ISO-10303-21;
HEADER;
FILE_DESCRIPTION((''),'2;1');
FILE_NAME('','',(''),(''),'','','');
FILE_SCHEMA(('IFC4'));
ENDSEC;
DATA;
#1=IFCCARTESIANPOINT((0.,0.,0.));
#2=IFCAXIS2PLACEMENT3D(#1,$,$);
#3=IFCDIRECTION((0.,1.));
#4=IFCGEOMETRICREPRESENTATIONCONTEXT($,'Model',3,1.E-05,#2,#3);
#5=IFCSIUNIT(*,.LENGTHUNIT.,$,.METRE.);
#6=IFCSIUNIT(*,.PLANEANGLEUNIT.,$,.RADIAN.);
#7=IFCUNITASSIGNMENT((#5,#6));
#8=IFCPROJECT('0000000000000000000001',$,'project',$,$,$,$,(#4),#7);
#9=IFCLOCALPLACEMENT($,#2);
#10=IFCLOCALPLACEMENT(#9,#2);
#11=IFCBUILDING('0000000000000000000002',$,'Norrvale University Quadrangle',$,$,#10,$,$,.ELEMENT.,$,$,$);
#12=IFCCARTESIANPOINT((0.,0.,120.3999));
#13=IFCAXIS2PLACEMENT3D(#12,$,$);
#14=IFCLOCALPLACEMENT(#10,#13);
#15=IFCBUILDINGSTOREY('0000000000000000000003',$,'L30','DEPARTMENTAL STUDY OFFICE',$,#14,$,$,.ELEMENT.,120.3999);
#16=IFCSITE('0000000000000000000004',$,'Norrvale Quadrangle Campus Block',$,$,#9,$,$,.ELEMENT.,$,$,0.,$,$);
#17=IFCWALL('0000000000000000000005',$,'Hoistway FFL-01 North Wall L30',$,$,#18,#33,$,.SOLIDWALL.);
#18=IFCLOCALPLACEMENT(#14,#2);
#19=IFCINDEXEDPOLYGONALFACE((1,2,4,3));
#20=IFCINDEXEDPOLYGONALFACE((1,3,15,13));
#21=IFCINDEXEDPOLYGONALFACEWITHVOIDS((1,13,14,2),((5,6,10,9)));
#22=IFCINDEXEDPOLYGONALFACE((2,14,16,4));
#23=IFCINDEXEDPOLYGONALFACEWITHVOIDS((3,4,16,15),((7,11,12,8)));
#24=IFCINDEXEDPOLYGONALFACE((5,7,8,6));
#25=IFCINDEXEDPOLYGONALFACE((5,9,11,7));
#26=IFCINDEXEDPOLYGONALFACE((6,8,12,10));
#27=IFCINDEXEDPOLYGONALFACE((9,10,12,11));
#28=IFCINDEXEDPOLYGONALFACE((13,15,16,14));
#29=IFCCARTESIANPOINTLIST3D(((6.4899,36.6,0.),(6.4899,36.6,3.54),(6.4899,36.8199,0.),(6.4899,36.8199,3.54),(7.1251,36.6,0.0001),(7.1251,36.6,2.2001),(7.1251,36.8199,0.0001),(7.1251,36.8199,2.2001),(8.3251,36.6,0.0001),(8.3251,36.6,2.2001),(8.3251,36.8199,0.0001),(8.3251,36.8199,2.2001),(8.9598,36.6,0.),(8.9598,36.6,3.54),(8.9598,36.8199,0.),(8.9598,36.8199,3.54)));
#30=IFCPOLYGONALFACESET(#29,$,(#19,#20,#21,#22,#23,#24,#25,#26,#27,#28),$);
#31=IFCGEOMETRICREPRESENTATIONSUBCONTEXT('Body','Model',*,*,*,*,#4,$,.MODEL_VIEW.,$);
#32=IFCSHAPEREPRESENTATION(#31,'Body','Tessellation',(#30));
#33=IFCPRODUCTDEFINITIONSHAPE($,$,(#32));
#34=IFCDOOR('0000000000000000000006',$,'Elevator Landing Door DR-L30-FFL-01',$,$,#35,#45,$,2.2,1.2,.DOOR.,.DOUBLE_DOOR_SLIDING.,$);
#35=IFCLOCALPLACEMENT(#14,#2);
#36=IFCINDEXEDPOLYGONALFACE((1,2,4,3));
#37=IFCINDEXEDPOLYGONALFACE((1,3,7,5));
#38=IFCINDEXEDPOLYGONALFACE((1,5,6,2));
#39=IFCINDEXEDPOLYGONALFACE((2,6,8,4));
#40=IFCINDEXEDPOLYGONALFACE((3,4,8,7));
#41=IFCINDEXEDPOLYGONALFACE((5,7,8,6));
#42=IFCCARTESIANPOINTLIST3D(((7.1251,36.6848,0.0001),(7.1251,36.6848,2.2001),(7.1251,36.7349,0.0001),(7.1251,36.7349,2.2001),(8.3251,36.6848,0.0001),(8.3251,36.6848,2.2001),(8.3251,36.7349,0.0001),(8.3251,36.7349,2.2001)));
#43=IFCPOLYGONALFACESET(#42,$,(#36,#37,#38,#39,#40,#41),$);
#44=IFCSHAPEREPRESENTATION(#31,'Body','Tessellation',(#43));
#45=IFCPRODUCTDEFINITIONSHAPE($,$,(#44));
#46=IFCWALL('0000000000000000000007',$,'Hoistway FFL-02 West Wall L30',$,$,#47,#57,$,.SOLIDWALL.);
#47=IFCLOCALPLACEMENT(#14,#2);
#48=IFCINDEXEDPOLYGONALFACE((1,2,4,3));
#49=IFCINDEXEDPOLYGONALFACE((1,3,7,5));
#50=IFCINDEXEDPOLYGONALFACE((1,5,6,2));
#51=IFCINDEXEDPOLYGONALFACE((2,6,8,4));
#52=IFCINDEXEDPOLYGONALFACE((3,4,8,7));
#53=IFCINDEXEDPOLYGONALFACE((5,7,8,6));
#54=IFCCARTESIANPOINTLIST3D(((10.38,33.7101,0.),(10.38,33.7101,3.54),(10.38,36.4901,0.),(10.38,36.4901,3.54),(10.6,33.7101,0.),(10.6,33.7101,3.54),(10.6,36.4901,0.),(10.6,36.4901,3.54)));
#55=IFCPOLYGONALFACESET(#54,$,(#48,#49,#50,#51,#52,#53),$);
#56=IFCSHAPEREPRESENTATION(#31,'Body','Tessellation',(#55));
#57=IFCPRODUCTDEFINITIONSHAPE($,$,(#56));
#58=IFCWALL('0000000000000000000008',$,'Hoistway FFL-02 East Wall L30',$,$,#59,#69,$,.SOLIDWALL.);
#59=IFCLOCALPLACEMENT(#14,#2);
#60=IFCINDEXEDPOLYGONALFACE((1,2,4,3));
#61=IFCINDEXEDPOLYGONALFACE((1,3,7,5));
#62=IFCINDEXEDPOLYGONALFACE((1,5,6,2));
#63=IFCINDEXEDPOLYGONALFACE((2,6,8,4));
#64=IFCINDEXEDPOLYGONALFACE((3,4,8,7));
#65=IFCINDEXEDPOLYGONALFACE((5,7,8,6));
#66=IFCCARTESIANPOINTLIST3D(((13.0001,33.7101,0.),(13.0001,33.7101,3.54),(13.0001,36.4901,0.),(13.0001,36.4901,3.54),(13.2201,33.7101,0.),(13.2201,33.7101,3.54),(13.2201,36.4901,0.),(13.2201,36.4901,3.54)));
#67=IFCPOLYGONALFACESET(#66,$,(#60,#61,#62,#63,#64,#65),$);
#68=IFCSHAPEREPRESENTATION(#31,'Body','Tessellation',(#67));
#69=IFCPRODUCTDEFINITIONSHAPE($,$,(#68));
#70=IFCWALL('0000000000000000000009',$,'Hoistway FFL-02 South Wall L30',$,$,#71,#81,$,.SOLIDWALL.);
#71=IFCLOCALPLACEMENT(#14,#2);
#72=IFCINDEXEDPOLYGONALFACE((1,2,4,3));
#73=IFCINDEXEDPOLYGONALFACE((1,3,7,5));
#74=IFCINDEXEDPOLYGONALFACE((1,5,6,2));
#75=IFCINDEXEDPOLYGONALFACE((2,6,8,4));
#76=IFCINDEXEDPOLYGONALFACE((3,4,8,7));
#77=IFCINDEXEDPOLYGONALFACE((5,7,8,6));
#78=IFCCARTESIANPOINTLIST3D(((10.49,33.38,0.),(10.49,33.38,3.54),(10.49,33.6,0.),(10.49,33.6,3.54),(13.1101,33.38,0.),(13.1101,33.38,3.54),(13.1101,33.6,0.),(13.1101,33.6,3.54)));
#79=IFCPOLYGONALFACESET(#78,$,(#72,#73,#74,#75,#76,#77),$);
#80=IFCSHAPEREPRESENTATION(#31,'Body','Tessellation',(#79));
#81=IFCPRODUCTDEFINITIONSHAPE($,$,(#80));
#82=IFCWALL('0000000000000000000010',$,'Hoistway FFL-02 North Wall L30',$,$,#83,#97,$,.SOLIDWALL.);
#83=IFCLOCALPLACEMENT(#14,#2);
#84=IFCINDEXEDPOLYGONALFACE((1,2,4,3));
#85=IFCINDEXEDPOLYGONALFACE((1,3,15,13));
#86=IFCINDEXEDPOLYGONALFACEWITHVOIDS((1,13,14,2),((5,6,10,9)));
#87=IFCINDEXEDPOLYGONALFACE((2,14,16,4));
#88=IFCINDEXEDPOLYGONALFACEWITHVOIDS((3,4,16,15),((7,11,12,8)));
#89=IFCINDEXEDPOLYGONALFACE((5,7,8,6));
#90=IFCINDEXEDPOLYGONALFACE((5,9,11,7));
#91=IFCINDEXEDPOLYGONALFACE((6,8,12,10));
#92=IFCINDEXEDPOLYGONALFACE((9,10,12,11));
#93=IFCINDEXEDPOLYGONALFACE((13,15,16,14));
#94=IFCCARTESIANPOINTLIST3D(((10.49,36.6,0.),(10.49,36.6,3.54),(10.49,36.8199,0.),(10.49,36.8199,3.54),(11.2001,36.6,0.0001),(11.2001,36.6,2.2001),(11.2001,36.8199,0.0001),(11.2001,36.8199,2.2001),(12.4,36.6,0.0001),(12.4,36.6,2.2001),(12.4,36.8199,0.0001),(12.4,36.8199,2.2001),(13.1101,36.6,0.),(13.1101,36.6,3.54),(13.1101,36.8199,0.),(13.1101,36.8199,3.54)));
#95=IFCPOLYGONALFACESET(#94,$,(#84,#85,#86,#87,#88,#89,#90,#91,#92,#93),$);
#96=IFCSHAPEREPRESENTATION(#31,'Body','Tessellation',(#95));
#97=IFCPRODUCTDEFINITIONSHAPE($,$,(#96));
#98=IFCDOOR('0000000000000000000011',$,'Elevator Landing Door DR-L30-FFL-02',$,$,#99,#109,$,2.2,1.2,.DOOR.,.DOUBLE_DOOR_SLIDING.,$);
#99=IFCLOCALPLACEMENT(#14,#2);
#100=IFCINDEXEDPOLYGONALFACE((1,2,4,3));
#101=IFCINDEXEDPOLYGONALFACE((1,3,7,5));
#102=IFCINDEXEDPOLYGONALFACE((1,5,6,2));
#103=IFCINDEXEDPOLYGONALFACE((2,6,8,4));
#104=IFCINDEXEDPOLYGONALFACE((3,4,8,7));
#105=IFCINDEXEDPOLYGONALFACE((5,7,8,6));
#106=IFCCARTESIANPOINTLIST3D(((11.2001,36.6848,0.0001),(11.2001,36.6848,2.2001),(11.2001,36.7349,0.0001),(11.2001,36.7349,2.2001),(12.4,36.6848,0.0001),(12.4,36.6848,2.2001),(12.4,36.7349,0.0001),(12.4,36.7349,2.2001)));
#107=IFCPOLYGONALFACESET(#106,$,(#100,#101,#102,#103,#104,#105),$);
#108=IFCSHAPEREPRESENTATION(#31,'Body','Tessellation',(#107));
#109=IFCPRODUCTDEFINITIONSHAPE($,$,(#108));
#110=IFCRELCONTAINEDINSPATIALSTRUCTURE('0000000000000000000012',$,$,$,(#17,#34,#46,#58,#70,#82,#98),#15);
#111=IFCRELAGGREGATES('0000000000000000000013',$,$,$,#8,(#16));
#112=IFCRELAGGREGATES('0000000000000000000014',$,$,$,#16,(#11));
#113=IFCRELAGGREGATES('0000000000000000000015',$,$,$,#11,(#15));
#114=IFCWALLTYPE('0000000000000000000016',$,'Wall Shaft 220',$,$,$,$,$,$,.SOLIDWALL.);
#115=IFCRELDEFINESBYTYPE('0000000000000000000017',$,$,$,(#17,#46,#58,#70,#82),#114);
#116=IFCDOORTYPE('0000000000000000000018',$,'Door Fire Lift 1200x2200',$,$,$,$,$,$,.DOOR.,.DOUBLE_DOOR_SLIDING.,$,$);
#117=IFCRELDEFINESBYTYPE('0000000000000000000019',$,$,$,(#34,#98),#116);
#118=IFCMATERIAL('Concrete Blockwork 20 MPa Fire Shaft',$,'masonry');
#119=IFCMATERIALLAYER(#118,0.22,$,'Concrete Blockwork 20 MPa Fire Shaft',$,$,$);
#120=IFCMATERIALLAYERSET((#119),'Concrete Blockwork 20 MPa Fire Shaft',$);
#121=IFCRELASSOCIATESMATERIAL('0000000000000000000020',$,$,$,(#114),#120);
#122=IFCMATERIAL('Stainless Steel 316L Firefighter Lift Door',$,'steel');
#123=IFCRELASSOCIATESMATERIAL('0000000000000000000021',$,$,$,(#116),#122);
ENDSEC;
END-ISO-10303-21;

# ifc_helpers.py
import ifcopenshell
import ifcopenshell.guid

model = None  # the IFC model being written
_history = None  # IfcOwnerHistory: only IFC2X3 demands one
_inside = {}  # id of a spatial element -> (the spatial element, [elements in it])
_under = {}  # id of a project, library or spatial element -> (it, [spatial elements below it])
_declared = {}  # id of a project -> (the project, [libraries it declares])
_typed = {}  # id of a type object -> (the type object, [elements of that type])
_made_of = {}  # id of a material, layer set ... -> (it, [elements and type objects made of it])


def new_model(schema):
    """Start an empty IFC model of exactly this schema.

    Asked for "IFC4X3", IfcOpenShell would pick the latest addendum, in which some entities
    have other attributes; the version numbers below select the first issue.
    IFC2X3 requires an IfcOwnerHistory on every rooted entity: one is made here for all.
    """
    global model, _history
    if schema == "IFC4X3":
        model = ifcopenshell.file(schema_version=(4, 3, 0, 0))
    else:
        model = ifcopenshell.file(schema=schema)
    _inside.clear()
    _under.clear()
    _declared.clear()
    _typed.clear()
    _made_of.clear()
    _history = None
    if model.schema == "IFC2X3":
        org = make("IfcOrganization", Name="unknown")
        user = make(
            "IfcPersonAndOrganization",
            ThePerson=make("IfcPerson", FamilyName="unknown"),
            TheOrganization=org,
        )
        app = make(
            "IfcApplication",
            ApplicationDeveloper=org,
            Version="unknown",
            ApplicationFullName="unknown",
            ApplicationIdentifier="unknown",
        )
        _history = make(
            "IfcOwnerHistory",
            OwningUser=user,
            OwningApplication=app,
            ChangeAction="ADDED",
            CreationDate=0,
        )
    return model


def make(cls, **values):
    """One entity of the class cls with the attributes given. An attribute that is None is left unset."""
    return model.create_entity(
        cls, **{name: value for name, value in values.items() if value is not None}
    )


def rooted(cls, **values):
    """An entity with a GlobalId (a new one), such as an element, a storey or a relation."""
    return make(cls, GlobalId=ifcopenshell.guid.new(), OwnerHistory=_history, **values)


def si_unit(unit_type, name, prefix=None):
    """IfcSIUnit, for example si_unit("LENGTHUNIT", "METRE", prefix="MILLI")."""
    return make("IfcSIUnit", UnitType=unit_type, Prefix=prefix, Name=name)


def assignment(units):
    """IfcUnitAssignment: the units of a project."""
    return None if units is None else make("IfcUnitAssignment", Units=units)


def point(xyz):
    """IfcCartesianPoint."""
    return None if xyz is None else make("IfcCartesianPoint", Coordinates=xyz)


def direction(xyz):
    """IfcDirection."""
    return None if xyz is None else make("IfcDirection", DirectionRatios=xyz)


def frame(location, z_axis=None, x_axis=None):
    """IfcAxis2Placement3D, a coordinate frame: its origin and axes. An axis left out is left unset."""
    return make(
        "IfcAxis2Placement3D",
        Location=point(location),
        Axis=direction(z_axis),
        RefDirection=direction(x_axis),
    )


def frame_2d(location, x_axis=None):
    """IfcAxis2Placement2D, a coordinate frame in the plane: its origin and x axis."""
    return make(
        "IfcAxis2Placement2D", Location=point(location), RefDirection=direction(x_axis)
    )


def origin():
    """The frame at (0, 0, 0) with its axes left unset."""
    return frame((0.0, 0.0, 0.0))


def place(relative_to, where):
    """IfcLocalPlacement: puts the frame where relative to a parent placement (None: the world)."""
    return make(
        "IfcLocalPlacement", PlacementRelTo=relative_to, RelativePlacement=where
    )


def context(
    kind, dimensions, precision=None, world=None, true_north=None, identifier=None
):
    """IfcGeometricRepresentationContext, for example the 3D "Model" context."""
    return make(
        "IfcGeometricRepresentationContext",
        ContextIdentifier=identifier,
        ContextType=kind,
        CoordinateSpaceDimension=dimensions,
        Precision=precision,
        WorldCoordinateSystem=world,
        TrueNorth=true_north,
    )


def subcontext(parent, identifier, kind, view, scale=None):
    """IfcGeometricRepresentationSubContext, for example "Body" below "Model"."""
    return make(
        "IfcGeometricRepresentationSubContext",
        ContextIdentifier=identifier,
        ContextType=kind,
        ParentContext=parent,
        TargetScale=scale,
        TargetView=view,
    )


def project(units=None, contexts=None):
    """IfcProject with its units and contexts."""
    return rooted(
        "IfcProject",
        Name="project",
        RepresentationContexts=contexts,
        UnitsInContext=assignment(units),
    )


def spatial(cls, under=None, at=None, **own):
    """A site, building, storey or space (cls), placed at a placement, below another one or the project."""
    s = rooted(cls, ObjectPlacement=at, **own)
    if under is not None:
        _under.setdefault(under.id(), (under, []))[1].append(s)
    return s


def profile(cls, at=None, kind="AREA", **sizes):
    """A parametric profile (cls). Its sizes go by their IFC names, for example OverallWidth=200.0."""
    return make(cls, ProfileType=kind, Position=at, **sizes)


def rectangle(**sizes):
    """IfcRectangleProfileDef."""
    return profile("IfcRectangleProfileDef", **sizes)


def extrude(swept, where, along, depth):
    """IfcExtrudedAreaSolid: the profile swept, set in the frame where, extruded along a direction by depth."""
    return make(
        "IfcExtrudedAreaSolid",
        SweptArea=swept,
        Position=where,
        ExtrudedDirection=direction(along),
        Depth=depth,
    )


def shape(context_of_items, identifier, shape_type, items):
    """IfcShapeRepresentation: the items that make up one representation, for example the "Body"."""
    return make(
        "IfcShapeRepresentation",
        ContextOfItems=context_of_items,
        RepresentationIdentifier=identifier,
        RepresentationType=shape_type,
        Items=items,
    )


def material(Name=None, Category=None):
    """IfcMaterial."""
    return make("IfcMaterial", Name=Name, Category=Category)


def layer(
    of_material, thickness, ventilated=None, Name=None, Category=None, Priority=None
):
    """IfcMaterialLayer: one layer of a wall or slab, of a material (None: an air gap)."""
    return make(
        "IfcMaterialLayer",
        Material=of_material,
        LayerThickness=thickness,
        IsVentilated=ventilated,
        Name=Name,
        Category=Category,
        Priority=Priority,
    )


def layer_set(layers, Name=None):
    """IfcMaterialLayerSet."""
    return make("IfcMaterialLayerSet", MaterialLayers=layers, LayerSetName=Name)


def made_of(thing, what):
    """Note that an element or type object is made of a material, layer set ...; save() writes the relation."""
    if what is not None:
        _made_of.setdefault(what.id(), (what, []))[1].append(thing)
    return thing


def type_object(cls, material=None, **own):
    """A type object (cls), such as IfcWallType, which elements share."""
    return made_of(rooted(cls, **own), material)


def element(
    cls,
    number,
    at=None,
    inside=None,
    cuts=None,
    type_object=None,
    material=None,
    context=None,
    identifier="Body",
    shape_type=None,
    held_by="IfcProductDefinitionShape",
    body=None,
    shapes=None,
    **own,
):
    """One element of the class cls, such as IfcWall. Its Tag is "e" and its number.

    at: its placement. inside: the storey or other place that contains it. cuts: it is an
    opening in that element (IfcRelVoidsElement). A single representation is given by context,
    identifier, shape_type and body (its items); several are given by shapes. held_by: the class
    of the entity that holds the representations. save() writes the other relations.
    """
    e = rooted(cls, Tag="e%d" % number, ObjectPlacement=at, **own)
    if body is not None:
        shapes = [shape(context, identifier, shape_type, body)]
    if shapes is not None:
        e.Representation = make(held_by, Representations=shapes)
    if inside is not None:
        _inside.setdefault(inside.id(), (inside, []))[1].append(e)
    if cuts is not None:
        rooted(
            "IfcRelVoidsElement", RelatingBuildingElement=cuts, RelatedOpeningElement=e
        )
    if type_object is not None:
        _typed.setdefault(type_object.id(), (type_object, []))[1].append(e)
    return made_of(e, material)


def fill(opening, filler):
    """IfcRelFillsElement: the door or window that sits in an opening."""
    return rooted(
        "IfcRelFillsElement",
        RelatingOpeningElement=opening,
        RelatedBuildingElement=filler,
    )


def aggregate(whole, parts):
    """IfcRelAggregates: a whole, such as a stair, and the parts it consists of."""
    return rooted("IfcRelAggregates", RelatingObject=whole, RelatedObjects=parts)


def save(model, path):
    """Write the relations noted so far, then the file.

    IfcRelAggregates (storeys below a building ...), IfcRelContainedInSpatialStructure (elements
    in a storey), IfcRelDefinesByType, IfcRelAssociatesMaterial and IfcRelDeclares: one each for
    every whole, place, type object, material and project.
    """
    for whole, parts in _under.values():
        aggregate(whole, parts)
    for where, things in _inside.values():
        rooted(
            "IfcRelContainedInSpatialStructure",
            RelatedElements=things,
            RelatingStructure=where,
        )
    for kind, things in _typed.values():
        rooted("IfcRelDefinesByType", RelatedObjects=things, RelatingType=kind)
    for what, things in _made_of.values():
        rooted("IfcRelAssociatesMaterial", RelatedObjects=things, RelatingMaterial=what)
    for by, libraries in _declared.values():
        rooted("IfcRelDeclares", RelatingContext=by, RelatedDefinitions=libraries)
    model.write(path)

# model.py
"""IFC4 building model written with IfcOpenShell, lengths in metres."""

from ifc_helpers import new_model, si_unit, direction, frame, frame_2d, origin, place, context, subcontext, project, spatial, rectangle, extrude, material, layer, layer_set, type_object, element, fill, save


model = new_model("IFC4")

# Units and contexts
model_context = context("Model", 3, precision=1e-05, world=origin(), true_north=direction((0.0, 1.0)))
body_context = subcontext(model_context, "Body", "Model", "MODEL_VIEW")
ifc_project = project(units=[si_unit("LENGTHUNIT", "METRE"), si_unit("PLANEANGLEUNIT", "RADIAN")], contexts=[model_context])

# Site, building, storey
site_placement = place(None, origin())
site = spatial("IfcSite", under=ifc_project, at=site_placement, Name="Norrvale Quadrangle Campus Block", CompositionType="ELEMENT", RefElevation=0.0)
building_placement = place(site_placement, origin())
building = spatial("IfcBuilding", under=site, at=building_placement, Name="Norrvale University Quadrangle", CompositionType="ELEMENT")
storey_placement = place(building_placement, frame((0.0, 0.0, 120.3999)))
storey = spatial("IfcBuildingStorey", under=building, at=storey_placement, Name="L30", Description="DEPARTMENTAL STUDY OFFICE", CompositionType="ELEMENT", Elevation=120.3999)

# Shared definitions
ifc_material_1 = material(Name="Concrete Blockwork 20 MPa Fire Shaft", Category="masonry")
ifc_layer_1 = layer(ifc_material_1, 0.22, Name="Concrete Blockwork 20 MPa Fire Shaft")
ifc_layer_set_1 = layer_set([ifc_layer_1], Name="Concrete Blockwork 20 MPa Fire Shaft")
wall_type_1 = type_object("IfcWallType", Name="Wall Shaft 220", PredefinedType="SOLIDWALL", material=ifc_layer_set_1)

# Wall, opening, door
wall_1_placement = place(storey_placement, frame((6.49, 36.71, 0.0), z_axis=(0.0, 0.0, 1.0), x_axis=(1.0, 0.0, 0.0)))
wall_1 = element("IfcWall", 1, at=wall_1_placement, inside=storey, type_object=wall_type_1, Name="Hoistway FFL-01 North Wall L30", PredefinedType="SOLIDWALL", context=body_context, shape_type="SweptSolid", body=[
    extrude(rectangle(XDim=2.47, YDim=0.22, at=frame_2d((1.2349, 0.0))), origin(), (0.0, 0.0, 1.0), 3.54),
])
opening_1_placement = place(wall_1_placement, frame((0.635, 0.0, 0.0)))
opening_1 = element("IfcOpeningElement", 2, at=opening_1_placement, cuts=wall_1, PredefinedType="OPENING", context=body_context, shape_type="SweptSolid", body=[
    extrude(rectangle(XDim=1.2, YDim=2.2, at=frame_2d((0.6001, 1.1001))), frame((0.0, 0.1221, 0.0), z_axis=(0.0, -1.0, 0.0), x_axis=(1.0, 0.0, 0.0)), (0.0, 0.0, 1.0), 0.2439),
])
ifc_material_2 = material(Name="Stainless Steel 316L Firefighter Lift Door", Category="steel")
door_type = type_object("IfcDoorType", Name="Door Fire Lift 1200x2200", OperationType="DOUBLE_DOOR_SLIDING", PredefinedType="DOOR", material=ifc_material_2)
door_1_placement = place(opening_1_placement, origin())
door_1 = element("IfcDoor", 3, at=door_1_placement, inside=storey, type_object=door_type, Name="Elevator Landing Door DR-L30-FFL-01", OperationType="DOUBLE_DOOR_SLIDING", OverallHeight=2.2, OverallWidth=1.2, PredefinedType="DOOR", context=body_context, shape_type="SweptSolid", body=[
    extrude(rectangle(XDim=1.2, YDim=2.2, at=frame_2d((0.6001, 1.1001))), frame((0.0, 0.0249, 0.0), z_axis=(0.0, -1.0, 0.0), x_axis=(1.0, 0.0, 0.0)), (0.0, 0.0, 1.0), 0.05),
])
fill(opening_1, door_1)

# Walls
for number, where, z_axis, x_axis, name in (
    (4, (10.49, 33.71, 0.0), (0.0, 0.0, 1.0), (0.0, 1.0, 0.0), "Hoistway FFL-02 West Wall L30"),
    (5, (13.1101, 33.71, 0.0), (0.0, 0.0, 1.0), (0.0, 1.0, 0.0), "Hoistway FFL-02 East Wall L30"),
):
    element("IfcWall", number, at=place(storey_placement, frame(where, z_axis=z_axis, x_axis=x_axis)), inside=storey, type_object=wall_type_1, Name=name, PredefinedType="SOLIDWALL", context=body_context, shape_type="SweptSolid", body=[
        extrude(rectangle(XDim=2.78, YDim=0.22, at=frame_2d((1.3901, 0.0))), origin(), (0.0, 0.0, 1.0), 3.54),
    ])
wall_2_placement = place(storey_placement, frame((10.49, 33.49, 0.0), z_axis=(0.0, 0.0, 1.0), x_axis=(1.0, 0.0, 0.0)))
element("IfcWall", 6, at=wall_2_placement, inside=storey, type_object=wall_type_1, Name="Hoistway FFL-02 South Wall L30", PredefinedType="SOLIDWALL", context=body_context, shape_type="SweptSolid", body=[
    extrude(rectangle(XDim=2.6201, YDim=0.22, at=frame_2d((1.3101, 0.0))), origin(), (0.0, 0.0, 1.0), 3.54),
])

# Wall, opening, door
wall_3_placement = place(storey_placement, frame((10.49, 36.71, 0.0), z_axis=(0.0, 0.0, 1.0), x_axis=(1.0, 0.0, 0.0)))
wall_3 = element("IfcWall", 7, at=wall_3_placement, inside=storey, type_object=wall_type_1, Name="Hoistway FFL-02 North Wall L30", PredefinedType="SOLIDWALL", context=body_context, shape_type="SweptSolid", body=[
    extrude(rectangle(XDim=2.6201, YDim=0.22, at=frame_2d((1.3101, 0.0))), origin(), (0.0, 0.0, 1.0), 3.54),
])
opening_2_placement = place(wall_3_placement, frame((0.71, 0.0, 0.0)))
opening_2 = element("IfcOpeningElement", 8, at=opening_2_placement, cuts=wall_3, PredefinedType="OPENING", context=body_context, shape_type="SweptSolid", body=[
    extrude(rectangle(XDim=1.2, YDim=2.2, at=frame_2d((0.6001, 1.1001))), frame((0.0, 0.1221, 0.0), z_axis=(0.0, -1.0, 0.0), x_axis=(1.0, 0.0, 0.0)), (0.0, 0.0, 1.0), 0.2439),
])
door_2_placement = place(opening_2_placement, origin())
door_2 = element("IfcDoor", 9, at=door_2_placement, inside=storey, type_object=door_type, Name="Elevator Landing Door DR-L30-FFL-02", OperationType="DOUBLE_DOOR_SLIDING", OverallHeight=2.2, OverallWidth=1.2, PredefinedType="DOOR", context=body_context, shape_type="SweptSolid", body=[
    extrude(rectangle(XDim=1.2, YDim=2.2, at=frame_2d((0.6001, 1.1001))), frame((0.0, 0.0249, 0.0), z_axis=(0.0, -1.0, 0.0), x_axis=(1.0, 0.0, 0.0)), (0.0, 0.0, 1.0), 0.05),
])
fill(opening_2, door_2)

save(model, "model.ifc")
